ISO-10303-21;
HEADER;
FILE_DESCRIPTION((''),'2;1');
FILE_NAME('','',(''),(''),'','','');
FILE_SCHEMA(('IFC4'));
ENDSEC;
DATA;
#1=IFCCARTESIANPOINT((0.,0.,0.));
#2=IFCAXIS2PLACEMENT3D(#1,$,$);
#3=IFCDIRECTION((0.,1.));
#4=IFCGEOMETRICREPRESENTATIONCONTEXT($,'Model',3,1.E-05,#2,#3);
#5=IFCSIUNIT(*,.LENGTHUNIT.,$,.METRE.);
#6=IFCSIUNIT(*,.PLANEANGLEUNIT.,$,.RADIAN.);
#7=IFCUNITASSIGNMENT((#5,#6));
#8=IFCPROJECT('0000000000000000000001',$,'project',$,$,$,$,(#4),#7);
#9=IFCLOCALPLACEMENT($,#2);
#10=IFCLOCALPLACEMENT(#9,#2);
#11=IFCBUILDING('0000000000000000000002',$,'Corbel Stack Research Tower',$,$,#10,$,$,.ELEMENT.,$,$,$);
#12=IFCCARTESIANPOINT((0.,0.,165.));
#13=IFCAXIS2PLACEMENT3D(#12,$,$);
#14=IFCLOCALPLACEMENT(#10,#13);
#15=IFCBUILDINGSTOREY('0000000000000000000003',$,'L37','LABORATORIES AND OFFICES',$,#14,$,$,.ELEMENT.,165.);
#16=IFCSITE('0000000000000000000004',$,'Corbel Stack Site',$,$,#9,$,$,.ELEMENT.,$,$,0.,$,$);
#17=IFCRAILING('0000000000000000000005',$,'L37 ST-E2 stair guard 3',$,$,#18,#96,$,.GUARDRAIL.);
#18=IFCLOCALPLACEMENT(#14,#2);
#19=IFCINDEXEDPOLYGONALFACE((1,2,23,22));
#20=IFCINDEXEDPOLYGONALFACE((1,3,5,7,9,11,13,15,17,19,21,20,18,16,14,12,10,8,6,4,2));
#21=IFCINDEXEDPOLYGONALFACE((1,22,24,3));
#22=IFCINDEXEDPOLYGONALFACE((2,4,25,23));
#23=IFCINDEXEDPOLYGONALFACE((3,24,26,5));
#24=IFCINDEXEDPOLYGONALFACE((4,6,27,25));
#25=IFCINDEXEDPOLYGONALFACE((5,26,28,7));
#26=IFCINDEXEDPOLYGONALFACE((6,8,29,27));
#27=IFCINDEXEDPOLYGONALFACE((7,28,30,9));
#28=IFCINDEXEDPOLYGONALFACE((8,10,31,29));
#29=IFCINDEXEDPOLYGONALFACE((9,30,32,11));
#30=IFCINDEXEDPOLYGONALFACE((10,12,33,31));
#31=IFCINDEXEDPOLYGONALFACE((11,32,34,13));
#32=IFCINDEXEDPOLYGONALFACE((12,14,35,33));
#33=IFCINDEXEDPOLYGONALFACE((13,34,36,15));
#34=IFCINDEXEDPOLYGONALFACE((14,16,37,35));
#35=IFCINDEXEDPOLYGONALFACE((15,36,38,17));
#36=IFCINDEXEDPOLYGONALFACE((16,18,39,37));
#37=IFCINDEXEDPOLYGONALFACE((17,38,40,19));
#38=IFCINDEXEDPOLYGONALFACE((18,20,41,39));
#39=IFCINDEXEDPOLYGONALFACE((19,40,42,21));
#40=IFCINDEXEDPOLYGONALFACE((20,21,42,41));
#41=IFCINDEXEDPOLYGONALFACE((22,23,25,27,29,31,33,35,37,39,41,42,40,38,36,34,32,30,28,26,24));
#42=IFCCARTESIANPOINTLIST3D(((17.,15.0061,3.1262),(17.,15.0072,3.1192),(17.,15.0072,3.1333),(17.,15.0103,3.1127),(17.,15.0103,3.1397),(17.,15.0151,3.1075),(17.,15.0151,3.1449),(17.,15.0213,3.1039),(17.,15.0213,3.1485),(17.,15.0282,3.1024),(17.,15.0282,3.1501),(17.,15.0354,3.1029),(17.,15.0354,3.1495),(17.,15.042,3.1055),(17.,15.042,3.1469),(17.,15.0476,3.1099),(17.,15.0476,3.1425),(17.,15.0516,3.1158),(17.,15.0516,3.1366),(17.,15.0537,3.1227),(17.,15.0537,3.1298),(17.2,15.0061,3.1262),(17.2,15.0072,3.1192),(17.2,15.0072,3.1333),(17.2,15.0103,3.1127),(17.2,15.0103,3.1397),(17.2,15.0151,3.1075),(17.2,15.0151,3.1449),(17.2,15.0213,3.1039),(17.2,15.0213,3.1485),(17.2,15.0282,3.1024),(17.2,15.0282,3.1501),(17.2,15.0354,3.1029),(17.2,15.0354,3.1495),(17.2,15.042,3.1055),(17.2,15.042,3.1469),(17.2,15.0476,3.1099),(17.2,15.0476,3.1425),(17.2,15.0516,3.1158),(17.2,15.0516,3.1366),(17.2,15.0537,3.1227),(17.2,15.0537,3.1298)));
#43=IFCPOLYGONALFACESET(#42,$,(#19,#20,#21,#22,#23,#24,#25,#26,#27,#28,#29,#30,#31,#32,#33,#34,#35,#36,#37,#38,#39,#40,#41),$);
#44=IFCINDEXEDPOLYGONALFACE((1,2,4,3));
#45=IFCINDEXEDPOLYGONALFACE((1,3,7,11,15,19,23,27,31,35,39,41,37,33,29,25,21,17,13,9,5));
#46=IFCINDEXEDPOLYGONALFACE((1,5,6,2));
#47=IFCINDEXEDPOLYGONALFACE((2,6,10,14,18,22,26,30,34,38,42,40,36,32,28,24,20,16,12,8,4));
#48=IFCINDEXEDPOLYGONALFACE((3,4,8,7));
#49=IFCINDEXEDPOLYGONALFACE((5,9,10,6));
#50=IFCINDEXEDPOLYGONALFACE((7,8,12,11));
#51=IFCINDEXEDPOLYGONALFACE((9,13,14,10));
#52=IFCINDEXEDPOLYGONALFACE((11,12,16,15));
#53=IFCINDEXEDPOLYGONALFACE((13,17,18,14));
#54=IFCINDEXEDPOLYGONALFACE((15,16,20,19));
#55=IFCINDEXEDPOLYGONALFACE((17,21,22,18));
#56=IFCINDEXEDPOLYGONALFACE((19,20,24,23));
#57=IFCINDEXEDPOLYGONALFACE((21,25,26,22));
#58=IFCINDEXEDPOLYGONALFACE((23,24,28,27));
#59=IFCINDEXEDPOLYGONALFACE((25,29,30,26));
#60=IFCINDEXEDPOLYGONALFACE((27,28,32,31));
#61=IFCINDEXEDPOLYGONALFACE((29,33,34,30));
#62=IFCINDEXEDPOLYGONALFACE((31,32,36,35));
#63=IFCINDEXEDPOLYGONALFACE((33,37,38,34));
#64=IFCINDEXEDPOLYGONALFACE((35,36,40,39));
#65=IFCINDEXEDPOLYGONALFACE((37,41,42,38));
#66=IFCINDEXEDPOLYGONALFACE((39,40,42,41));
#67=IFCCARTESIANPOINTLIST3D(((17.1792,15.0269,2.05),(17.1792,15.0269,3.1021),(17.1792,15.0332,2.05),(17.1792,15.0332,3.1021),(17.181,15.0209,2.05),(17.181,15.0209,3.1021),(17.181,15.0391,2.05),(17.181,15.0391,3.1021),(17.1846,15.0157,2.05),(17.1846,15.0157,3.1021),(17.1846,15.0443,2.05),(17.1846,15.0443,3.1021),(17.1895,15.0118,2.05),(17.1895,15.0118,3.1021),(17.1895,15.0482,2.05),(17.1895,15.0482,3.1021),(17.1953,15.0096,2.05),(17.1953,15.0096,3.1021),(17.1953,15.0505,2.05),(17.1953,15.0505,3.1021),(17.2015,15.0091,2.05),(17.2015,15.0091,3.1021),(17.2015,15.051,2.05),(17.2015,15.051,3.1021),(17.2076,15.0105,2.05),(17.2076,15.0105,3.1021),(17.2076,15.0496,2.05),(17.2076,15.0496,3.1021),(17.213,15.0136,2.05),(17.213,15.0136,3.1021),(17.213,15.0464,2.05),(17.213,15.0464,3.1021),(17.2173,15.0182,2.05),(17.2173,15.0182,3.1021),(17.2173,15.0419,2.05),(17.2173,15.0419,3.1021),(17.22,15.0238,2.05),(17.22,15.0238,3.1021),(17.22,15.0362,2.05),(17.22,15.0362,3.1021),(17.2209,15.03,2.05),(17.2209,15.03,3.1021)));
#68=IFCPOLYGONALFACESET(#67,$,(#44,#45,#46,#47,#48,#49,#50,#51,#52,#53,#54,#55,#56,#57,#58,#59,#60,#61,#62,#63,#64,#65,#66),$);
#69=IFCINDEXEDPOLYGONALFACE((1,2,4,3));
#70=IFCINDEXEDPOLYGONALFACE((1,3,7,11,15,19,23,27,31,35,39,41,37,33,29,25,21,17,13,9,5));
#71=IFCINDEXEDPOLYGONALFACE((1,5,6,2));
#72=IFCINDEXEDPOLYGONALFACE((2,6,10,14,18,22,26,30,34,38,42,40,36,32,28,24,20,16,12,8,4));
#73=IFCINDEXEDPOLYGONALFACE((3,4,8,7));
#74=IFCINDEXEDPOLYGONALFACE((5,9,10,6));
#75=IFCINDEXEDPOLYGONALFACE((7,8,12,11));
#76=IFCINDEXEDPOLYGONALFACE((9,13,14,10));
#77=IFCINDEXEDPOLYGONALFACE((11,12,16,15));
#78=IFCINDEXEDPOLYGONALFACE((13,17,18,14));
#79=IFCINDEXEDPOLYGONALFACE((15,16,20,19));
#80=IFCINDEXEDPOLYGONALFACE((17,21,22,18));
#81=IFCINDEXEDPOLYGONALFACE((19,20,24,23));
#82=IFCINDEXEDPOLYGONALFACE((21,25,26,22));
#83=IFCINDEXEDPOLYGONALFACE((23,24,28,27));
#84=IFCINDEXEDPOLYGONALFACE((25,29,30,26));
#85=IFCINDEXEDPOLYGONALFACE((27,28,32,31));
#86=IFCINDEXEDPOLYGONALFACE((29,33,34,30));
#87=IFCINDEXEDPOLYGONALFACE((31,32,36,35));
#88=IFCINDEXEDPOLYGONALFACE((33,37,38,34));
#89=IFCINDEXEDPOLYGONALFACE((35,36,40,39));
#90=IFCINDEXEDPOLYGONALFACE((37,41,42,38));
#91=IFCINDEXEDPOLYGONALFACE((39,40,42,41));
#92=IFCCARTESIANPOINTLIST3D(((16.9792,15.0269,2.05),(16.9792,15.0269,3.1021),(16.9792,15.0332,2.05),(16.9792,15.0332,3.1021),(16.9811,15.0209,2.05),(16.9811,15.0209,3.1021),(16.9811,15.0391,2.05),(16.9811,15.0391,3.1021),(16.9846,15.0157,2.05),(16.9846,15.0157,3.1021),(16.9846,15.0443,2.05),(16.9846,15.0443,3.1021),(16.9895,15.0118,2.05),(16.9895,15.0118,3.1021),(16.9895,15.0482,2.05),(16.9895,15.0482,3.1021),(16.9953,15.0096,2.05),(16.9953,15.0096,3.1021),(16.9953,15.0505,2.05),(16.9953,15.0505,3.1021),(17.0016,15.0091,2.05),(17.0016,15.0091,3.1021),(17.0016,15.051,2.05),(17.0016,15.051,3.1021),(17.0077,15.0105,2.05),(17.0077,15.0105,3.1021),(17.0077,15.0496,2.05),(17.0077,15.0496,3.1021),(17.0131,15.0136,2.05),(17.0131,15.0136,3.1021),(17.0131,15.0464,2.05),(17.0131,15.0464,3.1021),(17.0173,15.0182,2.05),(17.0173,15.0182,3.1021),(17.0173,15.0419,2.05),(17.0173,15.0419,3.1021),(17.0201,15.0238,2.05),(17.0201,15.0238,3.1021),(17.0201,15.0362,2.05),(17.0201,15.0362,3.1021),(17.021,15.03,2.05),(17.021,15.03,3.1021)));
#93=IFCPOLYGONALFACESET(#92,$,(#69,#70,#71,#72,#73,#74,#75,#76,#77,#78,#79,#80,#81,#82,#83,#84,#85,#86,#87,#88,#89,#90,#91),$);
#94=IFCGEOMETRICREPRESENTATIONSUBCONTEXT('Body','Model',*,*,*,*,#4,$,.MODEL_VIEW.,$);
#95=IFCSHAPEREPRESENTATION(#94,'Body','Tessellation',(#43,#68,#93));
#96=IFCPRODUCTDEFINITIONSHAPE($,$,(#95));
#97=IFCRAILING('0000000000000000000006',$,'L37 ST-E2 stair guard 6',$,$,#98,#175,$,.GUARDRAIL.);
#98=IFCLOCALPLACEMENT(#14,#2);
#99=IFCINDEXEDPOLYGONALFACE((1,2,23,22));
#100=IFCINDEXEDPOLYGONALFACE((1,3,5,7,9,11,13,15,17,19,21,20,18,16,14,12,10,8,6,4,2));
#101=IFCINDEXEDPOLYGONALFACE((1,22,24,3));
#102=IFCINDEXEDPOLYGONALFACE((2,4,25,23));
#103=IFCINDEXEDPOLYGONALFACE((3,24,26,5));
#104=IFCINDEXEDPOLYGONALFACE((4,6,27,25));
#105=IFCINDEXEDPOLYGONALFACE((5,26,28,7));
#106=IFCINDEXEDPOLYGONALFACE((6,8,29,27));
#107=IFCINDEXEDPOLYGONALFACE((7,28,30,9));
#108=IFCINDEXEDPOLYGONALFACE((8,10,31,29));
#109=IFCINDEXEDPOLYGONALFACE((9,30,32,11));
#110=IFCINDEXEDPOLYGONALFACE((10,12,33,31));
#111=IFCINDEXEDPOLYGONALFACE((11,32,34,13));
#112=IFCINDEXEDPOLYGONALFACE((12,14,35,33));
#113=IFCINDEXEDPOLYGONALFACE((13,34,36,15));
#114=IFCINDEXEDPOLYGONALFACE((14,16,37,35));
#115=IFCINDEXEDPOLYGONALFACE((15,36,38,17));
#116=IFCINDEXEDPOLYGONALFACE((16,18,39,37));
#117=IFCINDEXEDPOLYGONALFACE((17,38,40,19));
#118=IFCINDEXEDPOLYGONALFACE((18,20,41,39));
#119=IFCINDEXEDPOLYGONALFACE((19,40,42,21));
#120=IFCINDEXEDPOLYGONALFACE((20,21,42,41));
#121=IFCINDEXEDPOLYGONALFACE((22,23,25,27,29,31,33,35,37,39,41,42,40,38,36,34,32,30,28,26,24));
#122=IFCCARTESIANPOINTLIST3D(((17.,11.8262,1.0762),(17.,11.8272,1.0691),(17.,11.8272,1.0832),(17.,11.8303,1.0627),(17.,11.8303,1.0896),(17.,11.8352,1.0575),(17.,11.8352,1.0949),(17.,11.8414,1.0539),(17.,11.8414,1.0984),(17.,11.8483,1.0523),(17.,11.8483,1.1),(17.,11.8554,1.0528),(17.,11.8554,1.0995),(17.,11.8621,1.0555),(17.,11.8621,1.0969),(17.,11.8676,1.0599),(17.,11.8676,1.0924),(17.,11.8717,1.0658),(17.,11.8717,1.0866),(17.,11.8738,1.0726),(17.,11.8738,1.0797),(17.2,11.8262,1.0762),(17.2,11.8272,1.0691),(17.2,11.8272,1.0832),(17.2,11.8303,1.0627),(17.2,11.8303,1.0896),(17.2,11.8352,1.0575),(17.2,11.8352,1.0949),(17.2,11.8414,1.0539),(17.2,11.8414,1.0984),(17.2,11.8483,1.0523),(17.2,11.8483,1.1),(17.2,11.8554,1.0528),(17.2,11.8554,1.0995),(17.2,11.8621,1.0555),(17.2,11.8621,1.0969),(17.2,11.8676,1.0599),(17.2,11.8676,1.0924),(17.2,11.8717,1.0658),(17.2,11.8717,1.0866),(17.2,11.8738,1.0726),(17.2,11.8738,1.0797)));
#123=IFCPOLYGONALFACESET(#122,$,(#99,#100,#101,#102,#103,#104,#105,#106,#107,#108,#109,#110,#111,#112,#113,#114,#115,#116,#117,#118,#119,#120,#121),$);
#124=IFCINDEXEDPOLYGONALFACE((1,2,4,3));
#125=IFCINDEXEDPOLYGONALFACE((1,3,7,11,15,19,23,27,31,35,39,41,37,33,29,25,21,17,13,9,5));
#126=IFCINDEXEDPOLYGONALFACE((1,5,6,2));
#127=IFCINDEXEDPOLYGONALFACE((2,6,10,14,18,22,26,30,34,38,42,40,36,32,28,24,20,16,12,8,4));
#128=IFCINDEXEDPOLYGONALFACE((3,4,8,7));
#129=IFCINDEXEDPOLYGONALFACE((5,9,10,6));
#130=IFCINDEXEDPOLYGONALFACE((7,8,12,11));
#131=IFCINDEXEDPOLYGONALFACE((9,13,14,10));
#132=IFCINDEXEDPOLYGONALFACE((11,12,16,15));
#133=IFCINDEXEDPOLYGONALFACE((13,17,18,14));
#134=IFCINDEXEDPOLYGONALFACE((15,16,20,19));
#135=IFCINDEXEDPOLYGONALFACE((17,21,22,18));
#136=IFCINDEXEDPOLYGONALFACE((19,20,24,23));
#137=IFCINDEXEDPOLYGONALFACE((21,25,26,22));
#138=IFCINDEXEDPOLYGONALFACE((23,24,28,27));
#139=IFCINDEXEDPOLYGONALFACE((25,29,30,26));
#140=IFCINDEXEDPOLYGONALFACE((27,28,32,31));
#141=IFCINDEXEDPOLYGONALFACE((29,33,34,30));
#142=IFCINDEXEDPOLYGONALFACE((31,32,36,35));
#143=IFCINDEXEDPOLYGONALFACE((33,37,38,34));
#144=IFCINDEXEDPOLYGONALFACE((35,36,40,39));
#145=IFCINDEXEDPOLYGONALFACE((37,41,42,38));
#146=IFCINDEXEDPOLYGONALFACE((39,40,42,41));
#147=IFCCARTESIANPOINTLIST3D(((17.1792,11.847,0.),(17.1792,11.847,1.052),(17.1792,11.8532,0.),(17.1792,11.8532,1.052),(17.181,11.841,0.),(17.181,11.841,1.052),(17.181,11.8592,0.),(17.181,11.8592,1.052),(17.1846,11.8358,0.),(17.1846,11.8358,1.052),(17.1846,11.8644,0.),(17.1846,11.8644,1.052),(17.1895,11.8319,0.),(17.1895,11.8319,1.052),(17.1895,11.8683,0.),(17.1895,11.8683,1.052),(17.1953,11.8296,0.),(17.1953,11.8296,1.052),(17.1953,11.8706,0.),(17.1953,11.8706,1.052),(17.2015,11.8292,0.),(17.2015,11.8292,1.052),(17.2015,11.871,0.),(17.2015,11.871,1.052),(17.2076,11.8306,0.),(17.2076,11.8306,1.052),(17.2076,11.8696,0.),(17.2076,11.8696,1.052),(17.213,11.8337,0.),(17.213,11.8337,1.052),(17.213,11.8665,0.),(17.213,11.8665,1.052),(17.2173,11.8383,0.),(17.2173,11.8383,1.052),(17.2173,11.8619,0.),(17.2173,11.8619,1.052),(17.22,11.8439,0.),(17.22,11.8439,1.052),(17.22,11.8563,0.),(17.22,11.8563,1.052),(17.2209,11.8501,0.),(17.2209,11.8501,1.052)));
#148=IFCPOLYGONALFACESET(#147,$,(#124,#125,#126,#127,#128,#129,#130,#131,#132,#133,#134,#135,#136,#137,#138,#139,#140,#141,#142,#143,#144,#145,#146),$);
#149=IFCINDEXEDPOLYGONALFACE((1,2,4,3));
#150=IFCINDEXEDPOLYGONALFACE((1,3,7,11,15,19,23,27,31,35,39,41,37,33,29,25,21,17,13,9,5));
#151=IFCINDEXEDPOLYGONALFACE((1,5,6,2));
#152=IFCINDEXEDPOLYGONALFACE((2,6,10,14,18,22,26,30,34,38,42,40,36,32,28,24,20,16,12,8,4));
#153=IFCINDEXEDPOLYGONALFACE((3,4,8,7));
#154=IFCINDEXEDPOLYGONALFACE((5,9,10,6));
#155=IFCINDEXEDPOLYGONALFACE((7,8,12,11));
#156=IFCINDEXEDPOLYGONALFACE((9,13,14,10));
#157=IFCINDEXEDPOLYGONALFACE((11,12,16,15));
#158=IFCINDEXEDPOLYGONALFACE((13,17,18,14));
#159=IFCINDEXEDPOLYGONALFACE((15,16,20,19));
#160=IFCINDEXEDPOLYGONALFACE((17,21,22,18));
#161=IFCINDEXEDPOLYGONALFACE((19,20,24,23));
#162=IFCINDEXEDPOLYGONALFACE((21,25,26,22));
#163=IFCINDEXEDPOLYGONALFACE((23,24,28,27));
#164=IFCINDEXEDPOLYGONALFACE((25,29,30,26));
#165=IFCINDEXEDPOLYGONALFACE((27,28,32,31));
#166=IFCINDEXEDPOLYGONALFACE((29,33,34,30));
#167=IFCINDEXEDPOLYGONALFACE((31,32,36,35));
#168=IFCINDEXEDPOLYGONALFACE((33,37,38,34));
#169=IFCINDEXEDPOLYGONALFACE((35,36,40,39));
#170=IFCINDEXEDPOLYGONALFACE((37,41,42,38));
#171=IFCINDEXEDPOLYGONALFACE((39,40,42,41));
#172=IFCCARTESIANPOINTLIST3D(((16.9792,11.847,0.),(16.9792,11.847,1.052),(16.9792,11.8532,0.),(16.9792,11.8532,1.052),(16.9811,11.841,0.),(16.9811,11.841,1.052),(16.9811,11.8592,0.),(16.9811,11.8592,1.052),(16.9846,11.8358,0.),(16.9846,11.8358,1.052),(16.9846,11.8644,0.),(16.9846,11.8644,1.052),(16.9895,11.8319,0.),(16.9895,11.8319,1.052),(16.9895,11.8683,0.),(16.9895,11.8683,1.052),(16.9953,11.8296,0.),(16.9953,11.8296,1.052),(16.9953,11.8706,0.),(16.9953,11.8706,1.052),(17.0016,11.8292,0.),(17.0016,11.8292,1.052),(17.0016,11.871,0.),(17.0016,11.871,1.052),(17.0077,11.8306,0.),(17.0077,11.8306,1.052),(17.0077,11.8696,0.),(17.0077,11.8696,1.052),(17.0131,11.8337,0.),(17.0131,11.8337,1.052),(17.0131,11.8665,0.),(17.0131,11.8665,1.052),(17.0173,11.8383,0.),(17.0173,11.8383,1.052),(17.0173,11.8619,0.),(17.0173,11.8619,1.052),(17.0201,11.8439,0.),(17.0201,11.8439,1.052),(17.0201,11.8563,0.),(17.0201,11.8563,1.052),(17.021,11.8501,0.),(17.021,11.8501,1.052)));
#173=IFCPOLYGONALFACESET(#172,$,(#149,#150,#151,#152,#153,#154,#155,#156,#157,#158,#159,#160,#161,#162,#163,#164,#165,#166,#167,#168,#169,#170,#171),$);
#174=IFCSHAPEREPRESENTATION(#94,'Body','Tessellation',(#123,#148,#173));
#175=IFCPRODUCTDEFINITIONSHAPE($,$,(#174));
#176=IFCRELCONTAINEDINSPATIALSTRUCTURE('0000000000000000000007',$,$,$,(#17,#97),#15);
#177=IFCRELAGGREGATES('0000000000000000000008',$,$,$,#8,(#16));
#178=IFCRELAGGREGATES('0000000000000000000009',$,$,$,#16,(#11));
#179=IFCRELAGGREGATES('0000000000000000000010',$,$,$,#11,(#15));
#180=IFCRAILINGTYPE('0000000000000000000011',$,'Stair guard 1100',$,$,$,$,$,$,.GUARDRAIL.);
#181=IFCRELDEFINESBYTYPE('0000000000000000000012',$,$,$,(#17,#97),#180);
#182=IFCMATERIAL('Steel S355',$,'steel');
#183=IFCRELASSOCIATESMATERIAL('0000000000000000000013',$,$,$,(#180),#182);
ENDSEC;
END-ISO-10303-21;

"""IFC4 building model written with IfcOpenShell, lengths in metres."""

from ifc_helpers import new_model, si_unit, direction, frame, origin, origin_2d, place, context, subcontext, project, spatial, circle, extrude, material, type_object, element, save


model = new_model("IFC4")

# Units and contexts
model_context = context("Model", 3, precision=1e-05, world=origin(), true_north=direction((0.0, 1.0)))
body_context = subcontext(model_context, "Body", "Model", "MODEL_VIEW")
ifc_project = project(units=[si_unit("LENGTHUNIT", "METRE"), si_unit("PLANEANGLEUNIT", "RADIAN")], contexts=[model_context])

# Site, building, storey
site_placement = place(None, origin())
site = spatial("IfcSite", under=ifc_project, at=site_placement, Name="Corbel Stack Site", CompositionType="ELEMENT", RefElevation=0.0)
building_placement = place(site_placement, origin())
building = spatial("IfcBuilding", under=site, at=building_placement, Name="Corbel Stack Research Tower", CompositionType="ELEMENT")
storey_placement = place(building_placement, frame((0.0, 0.0, 165.0)))
storey = spatial("IfcBuildingStorey", under=building, at=storey_placement, Name="L37", Description="LABORATORIES AND OFFICES", CompositionType="ELEMENT", Elevation=165.0)

# Railings
ifc_material_1 = material(Name="Steel S355", Category="steel")
railing_type = type_object("IfcRailingType", Name="Stair guard 1100", PredefinedType="GUARDRAIL", material=ifc_material_1)
for number, where, name in (
    (1, (17.2, 15.03, 2.05), "L37 ST-E2 stair guard 3"),
    (2, (17.2, 11.8501, 0.0), "L37 ST-E2 stair guard 6"),
):
    element("IfcRailing", number, at=place(storey_placement, frame(where)), inside=storey, type_object=railing_type, Name=name, PredefinedType="GUARDRAIL", context=body_context, shape_type="SweptSolid", body=[
        extrude(circle(Radius=0.0239, at=origin_2d()), frame((0.0, 0.0, 1.0762), z_axis=(-1.0, 0.0, 0.0), x_axis=(0.0, -1.0, 0.0)), (0.0, 0.0, 1.0), 0.2),
        extrude(circle(Radius=0.021, at=origin_2d()), origin(), (0.0, 0.0, 1.0), 1.052),
        extrude(circle(Radius=0.021, at=origin_2d()), frame((-0.2, 0.0, 0.0)), (0.0, 0.0, 1.0), 1.052),
    ])

save(model, "model.ifc")
